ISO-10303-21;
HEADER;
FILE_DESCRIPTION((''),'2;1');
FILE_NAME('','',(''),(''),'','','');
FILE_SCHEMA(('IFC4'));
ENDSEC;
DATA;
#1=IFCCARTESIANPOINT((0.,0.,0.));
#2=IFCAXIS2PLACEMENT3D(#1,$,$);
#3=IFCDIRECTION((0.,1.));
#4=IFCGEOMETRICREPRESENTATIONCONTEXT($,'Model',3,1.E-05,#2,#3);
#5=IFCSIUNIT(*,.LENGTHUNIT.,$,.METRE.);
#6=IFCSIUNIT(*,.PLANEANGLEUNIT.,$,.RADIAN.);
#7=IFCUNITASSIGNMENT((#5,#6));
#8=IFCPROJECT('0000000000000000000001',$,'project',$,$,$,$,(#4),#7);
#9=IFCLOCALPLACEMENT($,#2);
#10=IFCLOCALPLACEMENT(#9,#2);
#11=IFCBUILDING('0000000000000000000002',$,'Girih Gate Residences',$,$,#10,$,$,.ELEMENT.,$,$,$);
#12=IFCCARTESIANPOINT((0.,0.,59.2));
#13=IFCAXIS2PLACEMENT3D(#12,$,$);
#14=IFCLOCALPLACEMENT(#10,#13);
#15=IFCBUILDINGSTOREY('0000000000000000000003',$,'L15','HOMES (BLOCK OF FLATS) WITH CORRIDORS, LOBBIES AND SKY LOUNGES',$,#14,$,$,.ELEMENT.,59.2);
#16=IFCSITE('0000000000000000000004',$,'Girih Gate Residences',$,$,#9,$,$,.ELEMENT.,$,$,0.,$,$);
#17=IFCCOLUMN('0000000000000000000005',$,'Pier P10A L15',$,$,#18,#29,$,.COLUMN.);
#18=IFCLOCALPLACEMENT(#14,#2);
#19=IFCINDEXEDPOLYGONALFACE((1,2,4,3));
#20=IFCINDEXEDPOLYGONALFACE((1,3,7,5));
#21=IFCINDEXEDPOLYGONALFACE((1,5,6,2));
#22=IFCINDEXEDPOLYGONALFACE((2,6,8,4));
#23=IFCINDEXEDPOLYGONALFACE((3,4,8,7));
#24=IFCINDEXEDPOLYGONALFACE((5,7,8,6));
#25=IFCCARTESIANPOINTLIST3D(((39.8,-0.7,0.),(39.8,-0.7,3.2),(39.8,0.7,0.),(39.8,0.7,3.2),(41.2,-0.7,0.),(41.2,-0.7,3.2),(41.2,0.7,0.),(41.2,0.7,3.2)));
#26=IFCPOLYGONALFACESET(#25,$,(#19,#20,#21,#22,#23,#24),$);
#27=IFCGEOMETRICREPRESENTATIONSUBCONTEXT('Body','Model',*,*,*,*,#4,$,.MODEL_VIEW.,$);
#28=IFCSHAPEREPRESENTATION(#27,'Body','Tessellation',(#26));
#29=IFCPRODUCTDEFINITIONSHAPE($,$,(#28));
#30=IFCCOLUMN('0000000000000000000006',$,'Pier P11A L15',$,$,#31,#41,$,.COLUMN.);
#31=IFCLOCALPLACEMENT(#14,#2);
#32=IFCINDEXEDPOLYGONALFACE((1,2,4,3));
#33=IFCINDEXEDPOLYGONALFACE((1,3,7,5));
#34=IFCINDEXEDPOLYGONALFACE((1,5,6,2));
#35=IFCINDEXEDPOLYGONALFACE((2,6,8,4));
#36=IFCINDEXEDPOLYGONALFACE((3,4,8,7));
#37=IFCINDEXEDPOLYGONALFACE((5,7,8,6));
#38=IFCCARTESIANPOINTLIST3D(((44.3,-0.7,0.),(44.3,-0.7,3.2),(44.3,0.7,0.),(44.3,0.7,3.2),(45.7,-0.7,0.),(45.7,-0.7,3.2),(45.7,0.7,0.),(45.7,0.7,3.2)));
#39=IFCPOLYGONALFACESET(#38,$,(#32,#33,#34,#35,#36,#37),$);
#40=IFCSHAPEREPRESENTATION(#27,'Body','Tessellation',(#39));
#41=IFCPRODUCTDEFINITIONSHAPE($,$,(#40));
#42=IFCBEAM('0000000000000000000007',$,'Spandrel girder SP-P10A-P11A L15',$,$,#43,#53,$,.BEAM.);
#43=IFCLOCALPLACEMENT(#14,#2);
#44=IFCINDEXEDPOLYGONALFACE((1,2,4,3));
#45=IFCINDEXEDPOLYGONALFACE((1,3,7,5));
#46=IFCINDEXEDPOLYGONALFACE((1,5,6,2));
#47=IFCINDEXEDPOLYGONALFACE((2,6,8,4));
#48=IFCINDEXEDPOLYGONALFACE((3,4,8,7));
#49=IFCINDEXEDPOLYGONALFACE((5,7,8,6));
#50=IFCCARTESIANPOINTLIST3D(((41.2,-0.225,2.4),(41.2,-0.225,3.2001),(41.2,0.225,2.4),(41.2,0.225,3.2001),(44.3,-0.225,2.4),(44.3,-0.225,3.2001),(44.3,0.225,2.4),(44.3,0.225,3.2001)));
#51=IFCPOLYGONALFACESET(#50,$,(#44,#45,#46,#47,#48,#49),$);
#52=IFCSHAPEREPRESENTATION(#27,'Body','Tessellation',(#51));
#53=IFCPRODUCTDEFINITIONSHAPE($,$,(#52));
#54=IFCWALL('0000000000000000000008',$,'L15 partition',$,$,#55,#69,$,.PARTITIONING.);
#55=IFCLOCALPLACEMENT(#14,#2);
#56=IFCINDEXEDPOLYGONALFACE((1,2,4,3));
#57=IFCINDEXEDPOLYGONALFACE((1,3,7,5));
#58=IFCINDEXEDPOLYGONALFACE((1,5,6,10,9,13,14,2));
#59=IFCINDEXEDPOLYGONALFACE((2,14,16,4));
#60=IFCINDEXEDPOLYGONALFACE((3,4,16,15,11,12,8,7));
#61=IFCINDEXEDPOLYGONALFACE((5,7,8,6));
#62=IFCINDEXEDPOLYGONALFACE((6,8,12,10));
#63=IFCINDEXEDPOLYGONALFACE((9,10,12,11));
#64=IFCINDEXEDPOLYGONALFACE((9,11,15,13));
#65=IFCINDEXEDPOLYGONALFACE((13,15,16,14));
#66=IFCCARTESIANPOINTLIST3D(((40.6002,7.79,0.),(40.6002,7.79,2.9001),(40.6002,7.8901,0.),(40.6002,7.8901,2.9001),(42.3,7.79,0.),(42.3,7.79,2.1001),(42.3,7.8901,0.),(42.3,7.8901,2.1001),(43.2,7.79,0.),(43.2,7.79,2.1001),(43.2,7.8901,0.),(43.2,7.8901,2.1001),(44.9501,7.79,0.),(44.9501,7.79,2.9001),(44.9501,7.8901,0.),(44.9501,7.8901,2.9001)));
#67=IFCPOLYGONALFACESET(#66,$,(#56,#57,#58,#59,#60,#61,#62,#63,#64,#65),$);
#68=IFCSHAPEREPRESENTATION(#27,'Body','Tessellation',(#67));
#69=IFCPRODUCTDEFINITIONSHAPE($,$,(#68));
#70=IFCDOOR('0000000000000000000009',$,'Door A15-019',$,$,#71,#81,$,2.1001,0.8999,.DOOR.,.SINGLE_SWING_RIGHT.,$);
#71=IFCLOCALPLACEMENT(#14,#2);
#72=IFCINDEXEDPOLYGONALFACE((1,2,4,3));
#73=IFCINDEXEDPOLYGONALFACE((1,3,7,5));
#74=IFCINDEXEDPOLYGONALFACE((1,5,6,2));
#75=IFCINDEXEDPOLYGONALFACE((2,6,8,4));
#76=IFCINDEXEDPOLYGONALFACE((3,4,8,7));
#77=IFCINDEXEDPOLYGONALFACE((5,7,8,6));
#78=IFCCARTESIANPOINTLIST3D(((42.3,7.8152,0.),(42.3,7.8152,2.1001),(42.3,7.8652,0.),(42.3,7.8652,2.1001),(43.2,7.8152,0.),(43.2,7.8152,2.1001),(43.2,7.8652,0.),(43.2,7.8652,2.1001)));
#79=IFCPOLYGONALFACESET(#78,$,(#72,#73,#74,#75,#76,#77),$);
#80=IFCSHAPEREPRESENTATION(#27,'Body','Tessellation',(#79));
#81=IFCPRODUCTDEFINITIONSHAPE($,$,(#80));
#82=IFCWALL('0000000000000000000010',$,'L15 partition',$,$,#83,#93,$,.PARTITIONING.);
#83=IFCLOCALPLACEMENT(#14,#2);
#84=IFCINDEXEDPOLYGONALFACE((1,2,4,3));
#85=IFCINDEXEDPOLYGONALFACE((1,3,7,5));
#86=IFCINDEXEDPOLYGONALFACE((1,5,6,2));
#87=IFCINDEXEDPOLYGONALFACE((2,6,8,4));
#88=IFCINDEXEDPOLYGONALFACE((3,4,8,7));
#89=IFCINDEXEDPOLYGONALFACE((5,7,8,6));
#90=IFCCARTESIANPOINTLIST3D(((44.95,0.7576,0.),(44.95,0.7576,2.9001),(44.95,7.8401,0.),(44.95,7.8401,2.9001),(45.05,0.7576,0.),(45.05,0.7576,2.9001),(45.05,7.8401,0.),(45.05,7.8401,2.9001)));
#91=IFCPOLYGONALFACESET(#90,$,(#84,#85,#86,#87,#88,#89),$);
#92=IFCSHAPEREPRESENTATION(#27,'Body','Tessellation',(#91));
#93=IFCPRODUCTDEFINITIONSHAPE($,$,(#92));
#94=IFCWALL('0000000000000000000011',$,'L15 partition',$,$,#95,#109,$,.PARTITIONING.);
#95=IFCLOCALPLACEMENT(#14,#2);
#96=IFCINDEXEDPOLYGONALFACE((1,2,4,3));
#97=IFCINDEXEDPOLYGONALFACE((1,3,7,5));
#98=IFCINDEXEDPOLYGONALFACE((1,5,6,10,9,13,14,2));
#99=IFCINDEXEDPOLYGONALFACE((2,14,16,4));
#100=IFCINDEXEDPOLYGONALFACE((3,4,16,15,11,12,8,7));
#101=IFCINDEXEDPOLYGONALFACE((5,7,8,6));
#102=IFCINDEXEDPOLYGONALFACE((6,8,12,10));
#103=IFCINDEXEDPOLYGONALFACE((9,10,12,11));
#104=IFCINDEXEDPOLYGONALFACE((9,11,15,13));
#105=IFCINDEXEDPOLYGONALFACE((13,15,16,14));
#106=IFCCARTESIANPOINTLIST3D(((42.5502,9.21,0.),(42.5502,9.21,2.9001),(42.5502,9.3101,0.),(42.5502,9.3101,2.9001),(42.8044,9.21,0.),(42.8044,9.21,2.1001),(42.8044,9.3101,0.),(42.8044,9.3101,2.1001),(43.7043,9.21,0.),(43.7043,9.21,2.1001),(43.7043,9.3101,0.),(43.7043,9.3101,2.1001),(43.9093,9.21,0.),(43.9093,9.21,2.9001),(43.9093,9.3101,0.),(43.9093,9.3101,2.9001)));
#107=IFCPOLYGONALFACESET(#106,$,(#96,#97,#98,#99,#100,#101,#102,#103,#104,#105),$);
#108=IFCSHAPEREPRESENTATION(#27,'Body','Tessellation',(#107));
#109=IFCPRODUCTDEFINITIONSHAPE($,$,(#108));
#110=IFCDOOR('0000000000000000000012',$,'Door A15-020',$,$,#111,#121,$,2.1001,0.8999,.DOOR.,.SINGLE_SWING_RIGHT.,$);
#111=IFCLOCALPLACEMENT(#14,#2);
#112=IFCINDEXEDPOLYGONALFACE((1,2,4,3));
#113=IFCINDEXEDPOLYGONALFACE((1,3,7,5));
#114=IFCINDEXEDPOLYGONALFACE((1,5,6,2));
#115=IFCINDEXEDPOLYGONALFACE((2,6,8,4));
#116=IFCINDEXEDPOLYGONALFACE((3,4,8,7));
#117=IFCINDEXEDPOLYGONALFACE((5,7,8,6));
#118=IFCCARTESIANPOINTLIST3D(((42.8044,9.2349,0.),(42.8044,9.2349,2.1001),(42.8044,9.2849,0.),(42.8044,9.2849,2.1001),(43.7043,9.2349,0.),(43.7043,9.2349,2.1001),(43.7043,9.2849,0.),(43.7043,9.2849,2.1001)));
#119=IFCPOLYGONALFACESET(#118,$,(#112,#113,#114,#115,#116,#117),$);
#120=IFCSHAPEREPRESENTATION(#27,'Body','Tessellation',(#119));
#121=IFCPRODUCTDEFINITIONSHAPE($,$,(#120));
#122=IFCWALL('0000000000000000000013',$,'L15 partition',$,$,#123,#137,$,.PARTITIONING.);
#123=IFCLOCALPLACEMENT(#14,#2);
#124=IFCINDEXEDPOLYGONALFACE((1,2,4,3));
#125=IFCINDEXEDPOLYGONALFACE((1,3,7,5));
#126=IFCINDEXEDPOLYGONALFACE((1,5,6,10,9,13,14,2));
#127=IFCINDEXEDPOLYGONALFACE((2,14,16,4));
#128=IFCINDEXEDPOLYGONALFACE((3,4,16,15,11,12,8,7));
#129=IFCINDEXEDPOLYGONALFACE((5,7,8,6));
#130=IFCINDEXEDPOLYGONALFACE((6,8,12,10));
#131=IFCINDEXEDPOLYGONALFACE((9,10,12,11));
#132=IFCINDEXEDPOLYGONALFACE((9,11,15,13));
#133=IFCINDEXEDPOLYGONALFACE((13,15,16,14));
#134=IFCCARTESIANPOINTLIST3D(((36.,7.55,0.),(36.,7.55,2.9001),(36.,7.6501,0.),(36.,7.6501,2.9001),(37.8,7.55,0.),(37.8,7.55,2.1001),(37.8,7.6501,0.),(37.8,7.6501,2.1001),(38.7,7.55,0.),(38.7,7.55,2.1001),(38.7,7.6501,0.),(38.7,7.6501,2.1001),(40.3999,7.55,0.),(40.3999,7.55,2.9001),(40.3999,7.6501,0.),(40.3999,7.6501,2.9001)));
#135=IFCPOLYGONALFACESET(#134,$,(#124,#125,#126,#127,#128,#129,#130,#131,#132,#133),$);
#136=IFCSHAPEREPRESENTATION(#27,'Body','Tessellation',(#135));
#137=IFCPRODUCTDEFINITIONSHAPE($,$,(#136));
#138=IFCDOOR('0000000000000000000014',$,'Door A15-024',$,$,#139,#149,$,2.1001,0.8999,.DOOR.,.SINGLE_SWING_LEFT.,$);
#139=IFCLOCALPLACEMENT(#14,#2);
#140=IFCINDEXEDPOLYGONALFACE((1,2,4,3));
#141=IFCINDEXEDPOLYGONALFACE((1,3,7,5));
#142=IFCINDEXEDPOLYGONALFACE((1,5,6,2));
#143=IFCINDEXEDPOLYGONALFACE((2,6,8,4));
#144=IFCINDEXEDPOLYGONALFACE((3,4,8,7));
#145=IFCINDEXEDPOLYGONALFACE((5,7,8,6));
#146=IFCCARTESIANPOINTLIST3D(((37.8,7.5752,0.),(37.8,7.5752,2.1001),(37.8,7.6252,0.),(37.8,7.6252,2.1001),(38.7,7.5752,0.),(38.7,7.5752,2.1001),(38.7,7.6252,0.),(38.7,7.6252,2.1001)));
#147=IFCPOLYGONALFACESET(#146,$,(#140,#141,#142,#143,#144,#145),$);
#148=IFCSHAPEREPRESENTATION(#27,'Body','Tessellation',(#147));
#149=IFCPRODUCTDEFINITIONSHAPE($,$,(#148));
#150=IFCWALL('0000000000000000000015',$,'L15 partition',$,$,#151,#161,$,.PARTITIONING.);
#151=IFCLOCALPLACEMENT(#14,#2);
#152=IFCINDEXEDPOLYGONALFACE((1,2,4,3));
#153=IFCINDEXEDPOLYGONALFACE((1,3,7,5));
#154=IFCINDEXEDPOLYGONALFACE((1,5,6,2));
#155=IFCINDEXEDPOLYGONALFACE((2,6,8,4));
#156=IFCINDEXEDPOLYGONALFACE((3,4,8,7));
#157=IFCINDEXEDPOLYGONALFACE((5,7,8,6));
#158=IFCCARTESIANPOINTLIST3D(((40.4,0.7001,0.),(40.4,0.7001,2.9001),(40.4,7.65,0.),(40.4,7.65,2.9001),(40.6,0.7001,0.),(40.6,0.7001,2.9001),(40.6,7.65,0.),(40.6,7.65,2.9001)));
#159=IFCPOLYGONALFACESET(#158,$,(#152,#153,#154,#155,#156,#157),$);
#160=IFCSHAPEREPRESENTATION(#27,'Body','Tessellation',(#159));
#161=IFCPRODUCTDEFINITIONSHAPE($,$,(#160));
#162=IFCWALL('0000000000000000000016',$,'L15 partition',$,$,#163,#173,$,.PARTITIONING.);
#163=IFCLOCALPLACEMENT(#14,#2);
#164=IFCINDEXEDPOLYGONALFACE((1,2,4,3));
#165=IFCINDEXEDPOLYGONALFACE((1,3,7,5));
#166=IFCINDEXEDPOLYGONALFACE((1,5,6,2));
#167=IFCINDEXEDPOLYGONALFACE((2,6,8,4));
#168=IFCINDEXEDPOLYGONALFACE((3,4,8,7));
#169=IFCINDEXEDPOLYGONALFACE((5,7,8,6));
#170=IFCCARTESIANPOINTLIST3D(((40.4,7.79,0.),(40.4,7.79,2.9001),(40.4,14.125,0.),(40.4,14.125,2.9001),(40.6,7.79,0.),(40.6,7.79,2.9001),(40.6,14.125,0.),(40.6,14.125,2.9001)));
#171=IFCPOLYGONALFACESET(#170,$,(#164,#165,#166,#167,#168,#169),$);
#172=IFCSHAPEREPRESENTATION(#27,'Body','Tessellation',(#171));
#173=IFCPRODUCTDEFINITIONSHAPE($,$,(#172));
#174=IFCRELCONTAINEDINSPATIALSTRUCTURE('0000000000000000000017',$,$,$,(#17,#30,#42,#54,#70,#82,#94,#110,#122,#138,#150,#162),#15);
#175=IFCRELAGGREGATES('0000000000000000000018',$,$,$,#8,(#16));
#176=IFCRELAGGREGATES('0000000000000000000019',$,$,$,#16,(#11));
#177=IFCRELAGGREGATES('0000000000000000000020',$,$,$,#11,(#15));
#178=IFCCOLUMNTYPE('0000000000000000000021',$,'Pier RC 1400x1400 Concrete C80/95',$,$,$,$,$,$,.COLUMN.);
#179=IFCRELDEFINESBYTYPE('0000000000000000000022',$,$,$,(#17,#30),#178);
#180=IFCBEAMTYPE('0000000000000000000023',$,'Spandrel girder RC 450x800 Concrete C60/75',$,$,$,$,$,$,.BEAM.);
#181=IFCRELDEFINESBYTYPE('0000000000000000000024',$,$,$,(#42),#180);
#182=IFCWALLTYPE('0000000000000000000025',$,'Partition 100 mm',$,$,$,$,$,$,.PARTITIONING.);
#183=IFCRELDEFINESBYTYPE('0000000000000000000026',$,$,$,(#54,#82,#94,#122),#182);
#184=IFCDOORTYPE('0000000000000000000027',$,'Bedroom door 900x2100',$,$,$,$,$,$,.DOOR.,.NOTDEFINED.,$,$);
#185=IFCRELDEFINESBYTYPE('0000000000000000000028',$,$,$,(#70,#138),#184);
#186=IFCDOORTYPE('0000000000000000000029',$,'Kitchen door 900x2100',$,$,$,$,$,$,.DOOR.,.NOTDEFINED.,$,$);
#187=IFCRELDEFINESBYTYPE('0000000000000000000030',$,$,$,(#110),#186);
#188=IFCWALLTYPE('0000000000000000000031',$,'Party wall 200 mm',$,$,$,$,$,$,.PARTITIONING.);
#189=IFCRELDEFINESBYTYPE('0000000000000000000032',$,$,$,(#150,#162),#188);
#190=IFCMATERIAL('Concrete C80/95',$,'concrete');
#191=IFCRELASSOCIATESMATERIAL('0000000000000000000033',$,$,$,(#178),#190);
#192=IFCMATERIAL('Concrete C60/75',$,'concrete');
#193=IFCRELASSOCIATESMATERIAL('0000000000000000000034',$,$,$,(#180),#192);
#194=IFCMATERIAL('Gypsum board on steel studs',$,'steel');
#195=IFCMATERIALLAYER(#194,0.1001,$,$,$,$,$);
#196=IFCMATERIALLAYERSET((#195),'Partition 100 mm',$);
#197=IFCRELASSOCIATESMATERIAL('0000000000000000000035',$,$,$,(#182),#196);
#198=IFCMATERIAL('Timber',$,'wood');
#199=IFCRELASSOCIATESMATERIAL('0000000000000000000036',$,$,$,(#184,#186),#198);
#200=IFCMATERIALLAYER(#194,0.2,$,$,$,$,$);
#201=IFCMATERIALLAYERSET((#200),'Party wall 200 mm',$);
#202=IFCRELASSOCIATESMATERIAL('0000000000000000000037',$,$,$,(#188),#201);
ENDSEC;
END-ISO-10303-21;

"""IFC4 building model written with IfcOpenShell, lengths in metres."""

from ifc_helpers import new_model, si_unit, direction, frame, frame_2d, origin, origin_2d, place, context, subcontext, project, spatial, rectangle, extrude, material, layer, layer_set, material_profile, profile_set, type_object, element, fill, save


model = new_model("IFC4")

# Units and contexts
model_context = context("Model", 3, precision=1e-05, world=origin(), true_north=direction((0.0, 1.0)))
body_context = subcontext(model_context, "Body", "Model", "MODEL_VIEW")
ifc_project = project(units=[si_unit("LENGTHUNIT", "METRE"), si_unit("PLANEANGLEUNIT", "RADIAN")], contexts=[model_context])

# Site, building, storey
site_placement = place(None, origin())
site = spatial("IfcSite", under=ifc_project, at=site_placement, Name="Girih Gate Residences", CompositionType="ELEMENT", RefElevation=0.0)
building_placement = place(site_placement, origin())
building = spatial("IfcBuilding", under=site, at=building_placement, Name="Girih Gate Residences", CompositionType="ELEMENT")
storey_placement = place(building_placement, frame((0.0, 0.0, 59.2)))
storey = spatial("IfcBuildingStorey", under=building, at=storey_placement, Name="L15", Description="HOMES (BLOCK OF FLATS) WITH CORRIDORS, LOBBIES AND SKY LOUNGES", CompositionType="ELEMENT", Elevation=59.2)

# Columns
ifc_material_1 = material(Name="Concrete C80/95", Category="concrete")
ifc_material_profile_1 = material_profile(ifc_material_1, rectangle(XDim=1.3999, YDim=1.3999, at=origin_2d()))
ifc_profile_set_1 = profile_set([ifc_material_profile_1], Name="Concrete C80/95")
column_type = type_object("IfcColumnType", Name="Pier RC 1400x1400 Concrete C80/95", PredefinedType="COLUMN", material=ifc_profile_set_1)
for number, where, z_axis, x_axis, name in (
    (1, (40.5, 0.0, 0.0), (0.0, 0.0, 1.0), (1.0, 0.0, 0.0), "Pier P10A L15"),
    (2, (45.0, 0.0, 0.0), (0.0, 0.0, 1.0), (1.0, 0.0, 0.0), "Pier P11A L15"),
):
    element("IfcColumn", number, at=place(storey_placement, frame(where, z_axis=z_axis, x_axis=x_axis)), inside=storey, type_object=column_type, Name=name, PredefinedType="COLUMN", context=body_context, shape_type="SweptSolid", body=[
        extrude(rectangle(XDim=1.3999, YDim=1.3999, at=origin_2d()), origin(), (0.0, 0.0, 1.0), 3.2),
    ])

# Beam
ifc_material_2 = material(Name="Concrete C60/75", Category="concrete")
ifc_material_profile_2 = material_profile(ifc_material_2, rectangle(XDim=0.45, YDim=0.8, at=origin_2d()))
ifc_profile_set_2 = profile_set([ifc_material_profile_2], Name="Concrete C60/75")
beam_type = type_object("IfcBeamType", Name="Spandrel girder RC 450x800 Concrete C60/75", PredefinedType="BEAM", material=ifc_profile_set_2)
beam_placement = place(storey_placement, frame((41.2, 0.0, 2.8), z_axis=(1.0, 0.0, 0.0), x_axis=(0.0, 1.0, 0.0)))
element("IfcBeam", 3, at=beam_placement, inside=storey, type_object=beam_type, Name="Spandrel girder SP-P10A-P11A L15", PredefinedType="BEAM", context=body_context, shape_type="SweptSolid", body=[
    extrude(rectangle(XDim=0.45, YDim=0.8, at=origin_2d()), origin(), (0.0, 0.0, 1.0), 3.1001),
])

# Wall, opening, door
ifc_material_3 = material(Name="Gypsum board on steel studs", Category="steel")
ifc_layer_1 = layer(ifc_material_3, 0.1001)
ifc_layer_set_1 = layer_set([ifc_layer_1], Name="Partition 100 mm")
wall_type_1 = type_object("IfcWallType", Name="Partition 100 mm", PredefinedType="PARTITIONING", material=ifc_layer_set_1)
wall_1_placement = place(storey_placement, frame((44.95, 7.8401, 0.0), z_axis=(0.0, 0.0, 1.0), x_axis=(-1.0, 0.0, 0.0)))
wall_1 = element("IfcWall", 4, at=wall_1_placement, inside=storey, type_object=wall_type_1, Name="L15 partition", PredefinedType="PARTITIONING", context=body_context, shape_type="SweptSolid", body=[
    extrude(rectangle(XDim=4.3499, YDim=0.1001, at=frame_2d((2.1748, 0.0))), origin(), (0.0, 0.0, 1.0), 2.9001),
])
opening_1_placement = place(wall_1_placement, frame((1.75, 0.0, 0.0)))
opening_1 = element("IfcOpeningElement", 5, at=opening_1_placement, cuts=wall_1, PredefinedType="OPENING", context=body_context, shape_type="SweptSolid", body=[
    extrude(rectangle(XDim=0.8999, YDim=2.1001, at=frame_2d((0.45, 1.05))), frame((0.0, 0.0601, 0.0), z_axis=(0.0, -1.0, 0.0), x_axis=(1.0, 0.0, 0.0)), (0.0, 0.0, 1.0), 0.1201),
])
ifc_material_4 = material(Name="Timber", Category="wood")
door_type_1 = type_object("IfcDoorType", Name="Bedroom door 900x2100", OperationType="NOTDEFINED", PredefinedType="DOOR", material=ifc_material_4)
door_1_placement = place(opening_1_placement, origin())
door_1 = element("IfcDoor", 6, at=door_1_placement, inside=storey, type_object=door_type_1, Name="Door A15-019", OperationType="SINGLE_SWING_RIGHT", OverallHeight=2.1001, OverallWidth=0.8999, PredefinedType="DOOR", context=body_context, shape_type="SweptSolid", body=[
    extrude(rectangle(XDim=0.8999, YDim=2.1001, at=frame_2d((0.45, 1.05))), frame((0.0, 0.0249, 0.0), z_axis=(0.0, -1.0, 0.0), x_axis=(1.0, 0.0, 0.0)), (0.0, 0.0, 1.0), 0.05),
])
fill(opening_1, door_1)

# Wall
wall_2_placement = place(storey_placement, frame((45.0, 0.7576, 0.0), z_axis=(0.0, 0.0, 1.0), x_axis=(0.0, 1.0, 0.0)))
element("IfcWall", 7, at=wall_2_placement, inside=storey, type_object=wall_type_1, Name="L15 partition", PredefinedType="PARTITIONING", context=body_context, shape_type="SweptSolid", body=[
    extrude(rectangle(XDim=7.0825, YDim=0.1001, at=frame_2d((3.5413, 0.0))), origin(), (0.0, 0.0, 1.0), 2.9001),
])

# Walls, openings, doors
wall_3_placement = place(storey_placement, frame((42.55, 9.26, 0.0), z_axis=(0.0, 0.0, 1.0), x_axis=(1.0, 0.0, 0.0)))
wall_3 = element("IfcWall", 8, at=wall_3_placement, inside=storey, type_object=wall_type_1, Name="L15 partition", PredefinedType="PARTITIONING", context=body_context, shape_type="SweptSolid", body=[
    extrude(rectangle(XDim=1.3591, YDim=0.1001, at=frame_2d((0.6797, 0.0))), origin(), (0.0, 0.0, 1.0), 2.9001),
])
opening_2_placement = place(wall_3_placement, frame((0.2544, 0.0, 0.0)))
opening_2 = element("IfcOpeningElement", 9, at=opening_2_placement, cuts=wall_3, PredefinedType="OPENING", context=body_context, shape_type="SweptSolid", body=[
    extrude(rectangle(XDim=0.8999, YDim=2.1001, at=frame_2d((0.45, 1.05))), frame((0.0, 0.0601, 0.0), z_axis=(0.0, -1.0, 0.0), x_axis=(1.0, 0.0, 0.0)), (0.0, 0.0, 1.0), 0.1201),
])
door_type_2 = type_object("IfcDoorType", Name="Kitchen door 900x2100", OperationType="NOTDEFINED", PredefinedType="DOOR", material=ifc_material_4)
door_2_placement = place(opening_2_placement, origin())
door_2 = element("IfcDoor", 10, at=door_2_placement, inside=storey, type_object=door_type_2, Name="Door A15-020", OperationType="SINGLE_SWING_RIGHT", OverallHeight=2.1001, OverallWidth=0.8999, PredefinedType="DOOR", context=body_context, shape_type="SweptSolid", body=[
    extrude(rectangle(XDim=0.8999, YDim=2.1001, at=frame_2d((0.45, 1.05))), frame((0.0, 0.0249, 0.0), z_axis=(0.0, -1.0, 0.0), x_axis=(1.0, 0.0, 0.0)), (0.0, 0.0, 1.0), 0.05),
])
fill(opening_2, door_2)
wall_4_placement = place(storey_placement, frame((40.3999, 7.6001, 0.0), z_axis=(0.0, 0.0, 1.0), x_axis=(-1.0, 0.0, 0.0)))
wall_4 = element("IfcWall", 11, at=wall_4_placement, inside=storey, type_object=wall_type_1, Name="L15 partition", PredefinedType="PARTITIONING", context=body_context, shape_type="SweptSolid", body=[
    extrude(rectangle(XDim=4.3999, YDim=0.1001, at=frame_2d((2.2, 0.0))), origin(), (0.0, 0.0, 1.0), 2.9001),
])
opening_3_placement = place(wall_4_placement, frame((1.7, 0.0, 0.0)))
opening_3 = element("IfcOpeningElement", 12, at=opening_3_placement, cuts=wall_4, PredefinedType="OPENING", context=body_context, shape_type="SweptSolid", body=[
    extrude(rectangle(XDim=0.8999, YDim=2.1001, at=frame_2d((0.45, 1.05))), frame((0.0, 0.0601, 0.0), z_axis=(0.0, -1.0, 0.0), x_axis=(1.0, 0.0, 0.0)), (0.0, 0.0, 1.0), 0.1201),
])
door_3_placement = place(opening_3_placement, origin())
door_3 = element("IfcDoor", 13, at=door_3_placement, inside=storey, type_object=door_type_1, Name="Door A15-024", OperationType="SINGLE_SWING_LEFT", OverallHeight=2.1001, OverallWidth=0.8999, PredefinedType="DOOR", context=body_context, shape_type="SweptSolid", body=[
    extrude(rectangle(XDim=0.8999, YDim=2.1001, at=frame_2d((0.45, 1.05))), frame((0.0, 0.0249, 0.0), z_axis=(0.0, -1.0, 0.0), x_axis=(1.0, 0.0, 0.0)), (0.0, 0.0, 1.0), 0.05),
])
fill(opening_3, door_3)

# Walls
ifc_layer_2 = layer(ifc_material_3, 0.2)
ifc_layer_set_2 = layer_set([ifc_layer_2], Name="Party wall 200 mm")
wall_type_2 = type_object("IfcWallType", Name="Party wall 200 mm", PredefinedType="PARTITIONING", material=ifc_layer_set_2)
wall_5_placement = place(storey_placement, frame((40.5, 0.7, 0.0), z_axis=(0.0, 0.0, 1.0), x_axis=(0.0, 1.0, 0.0)))
element("IfcWall", 14, at=wall_5_placement, inside=storey, type_object=wall_type_2, Name="L15 partition", PredefinedType="PARTITIONING", context=body_context, shape_type="SweptSolid", body=[
    extrude(rectangle(XDim=6.95, YDim=0.2, at=frame_2d((3.4751, 0.0))), origin(), (0.0, 0.0, 1.0), 2.9001),
])
wall_6_placement = place(storey_placement, frame((40.5, 7.79, 0.0), z_axis=(0.0, 0.0, 1.0), x_axis=(0.0, 1.0, 0.0)))
element("IfcWall", 15, at=wall_6_placement, inside=storey, type_object=wall_type_2, Name="L15 partition", PredefinedType="PARTITIONING", context=body_context, shape_type="SweptSolid", body=[
    extrude(rectangle(XDim=6.335, YDim=0.2, at=frame_2d((3.1675, 0.0))), origin(), (0.0, 0.0, 1.0), 2.9001),
])

save(model, "model.ifc")
